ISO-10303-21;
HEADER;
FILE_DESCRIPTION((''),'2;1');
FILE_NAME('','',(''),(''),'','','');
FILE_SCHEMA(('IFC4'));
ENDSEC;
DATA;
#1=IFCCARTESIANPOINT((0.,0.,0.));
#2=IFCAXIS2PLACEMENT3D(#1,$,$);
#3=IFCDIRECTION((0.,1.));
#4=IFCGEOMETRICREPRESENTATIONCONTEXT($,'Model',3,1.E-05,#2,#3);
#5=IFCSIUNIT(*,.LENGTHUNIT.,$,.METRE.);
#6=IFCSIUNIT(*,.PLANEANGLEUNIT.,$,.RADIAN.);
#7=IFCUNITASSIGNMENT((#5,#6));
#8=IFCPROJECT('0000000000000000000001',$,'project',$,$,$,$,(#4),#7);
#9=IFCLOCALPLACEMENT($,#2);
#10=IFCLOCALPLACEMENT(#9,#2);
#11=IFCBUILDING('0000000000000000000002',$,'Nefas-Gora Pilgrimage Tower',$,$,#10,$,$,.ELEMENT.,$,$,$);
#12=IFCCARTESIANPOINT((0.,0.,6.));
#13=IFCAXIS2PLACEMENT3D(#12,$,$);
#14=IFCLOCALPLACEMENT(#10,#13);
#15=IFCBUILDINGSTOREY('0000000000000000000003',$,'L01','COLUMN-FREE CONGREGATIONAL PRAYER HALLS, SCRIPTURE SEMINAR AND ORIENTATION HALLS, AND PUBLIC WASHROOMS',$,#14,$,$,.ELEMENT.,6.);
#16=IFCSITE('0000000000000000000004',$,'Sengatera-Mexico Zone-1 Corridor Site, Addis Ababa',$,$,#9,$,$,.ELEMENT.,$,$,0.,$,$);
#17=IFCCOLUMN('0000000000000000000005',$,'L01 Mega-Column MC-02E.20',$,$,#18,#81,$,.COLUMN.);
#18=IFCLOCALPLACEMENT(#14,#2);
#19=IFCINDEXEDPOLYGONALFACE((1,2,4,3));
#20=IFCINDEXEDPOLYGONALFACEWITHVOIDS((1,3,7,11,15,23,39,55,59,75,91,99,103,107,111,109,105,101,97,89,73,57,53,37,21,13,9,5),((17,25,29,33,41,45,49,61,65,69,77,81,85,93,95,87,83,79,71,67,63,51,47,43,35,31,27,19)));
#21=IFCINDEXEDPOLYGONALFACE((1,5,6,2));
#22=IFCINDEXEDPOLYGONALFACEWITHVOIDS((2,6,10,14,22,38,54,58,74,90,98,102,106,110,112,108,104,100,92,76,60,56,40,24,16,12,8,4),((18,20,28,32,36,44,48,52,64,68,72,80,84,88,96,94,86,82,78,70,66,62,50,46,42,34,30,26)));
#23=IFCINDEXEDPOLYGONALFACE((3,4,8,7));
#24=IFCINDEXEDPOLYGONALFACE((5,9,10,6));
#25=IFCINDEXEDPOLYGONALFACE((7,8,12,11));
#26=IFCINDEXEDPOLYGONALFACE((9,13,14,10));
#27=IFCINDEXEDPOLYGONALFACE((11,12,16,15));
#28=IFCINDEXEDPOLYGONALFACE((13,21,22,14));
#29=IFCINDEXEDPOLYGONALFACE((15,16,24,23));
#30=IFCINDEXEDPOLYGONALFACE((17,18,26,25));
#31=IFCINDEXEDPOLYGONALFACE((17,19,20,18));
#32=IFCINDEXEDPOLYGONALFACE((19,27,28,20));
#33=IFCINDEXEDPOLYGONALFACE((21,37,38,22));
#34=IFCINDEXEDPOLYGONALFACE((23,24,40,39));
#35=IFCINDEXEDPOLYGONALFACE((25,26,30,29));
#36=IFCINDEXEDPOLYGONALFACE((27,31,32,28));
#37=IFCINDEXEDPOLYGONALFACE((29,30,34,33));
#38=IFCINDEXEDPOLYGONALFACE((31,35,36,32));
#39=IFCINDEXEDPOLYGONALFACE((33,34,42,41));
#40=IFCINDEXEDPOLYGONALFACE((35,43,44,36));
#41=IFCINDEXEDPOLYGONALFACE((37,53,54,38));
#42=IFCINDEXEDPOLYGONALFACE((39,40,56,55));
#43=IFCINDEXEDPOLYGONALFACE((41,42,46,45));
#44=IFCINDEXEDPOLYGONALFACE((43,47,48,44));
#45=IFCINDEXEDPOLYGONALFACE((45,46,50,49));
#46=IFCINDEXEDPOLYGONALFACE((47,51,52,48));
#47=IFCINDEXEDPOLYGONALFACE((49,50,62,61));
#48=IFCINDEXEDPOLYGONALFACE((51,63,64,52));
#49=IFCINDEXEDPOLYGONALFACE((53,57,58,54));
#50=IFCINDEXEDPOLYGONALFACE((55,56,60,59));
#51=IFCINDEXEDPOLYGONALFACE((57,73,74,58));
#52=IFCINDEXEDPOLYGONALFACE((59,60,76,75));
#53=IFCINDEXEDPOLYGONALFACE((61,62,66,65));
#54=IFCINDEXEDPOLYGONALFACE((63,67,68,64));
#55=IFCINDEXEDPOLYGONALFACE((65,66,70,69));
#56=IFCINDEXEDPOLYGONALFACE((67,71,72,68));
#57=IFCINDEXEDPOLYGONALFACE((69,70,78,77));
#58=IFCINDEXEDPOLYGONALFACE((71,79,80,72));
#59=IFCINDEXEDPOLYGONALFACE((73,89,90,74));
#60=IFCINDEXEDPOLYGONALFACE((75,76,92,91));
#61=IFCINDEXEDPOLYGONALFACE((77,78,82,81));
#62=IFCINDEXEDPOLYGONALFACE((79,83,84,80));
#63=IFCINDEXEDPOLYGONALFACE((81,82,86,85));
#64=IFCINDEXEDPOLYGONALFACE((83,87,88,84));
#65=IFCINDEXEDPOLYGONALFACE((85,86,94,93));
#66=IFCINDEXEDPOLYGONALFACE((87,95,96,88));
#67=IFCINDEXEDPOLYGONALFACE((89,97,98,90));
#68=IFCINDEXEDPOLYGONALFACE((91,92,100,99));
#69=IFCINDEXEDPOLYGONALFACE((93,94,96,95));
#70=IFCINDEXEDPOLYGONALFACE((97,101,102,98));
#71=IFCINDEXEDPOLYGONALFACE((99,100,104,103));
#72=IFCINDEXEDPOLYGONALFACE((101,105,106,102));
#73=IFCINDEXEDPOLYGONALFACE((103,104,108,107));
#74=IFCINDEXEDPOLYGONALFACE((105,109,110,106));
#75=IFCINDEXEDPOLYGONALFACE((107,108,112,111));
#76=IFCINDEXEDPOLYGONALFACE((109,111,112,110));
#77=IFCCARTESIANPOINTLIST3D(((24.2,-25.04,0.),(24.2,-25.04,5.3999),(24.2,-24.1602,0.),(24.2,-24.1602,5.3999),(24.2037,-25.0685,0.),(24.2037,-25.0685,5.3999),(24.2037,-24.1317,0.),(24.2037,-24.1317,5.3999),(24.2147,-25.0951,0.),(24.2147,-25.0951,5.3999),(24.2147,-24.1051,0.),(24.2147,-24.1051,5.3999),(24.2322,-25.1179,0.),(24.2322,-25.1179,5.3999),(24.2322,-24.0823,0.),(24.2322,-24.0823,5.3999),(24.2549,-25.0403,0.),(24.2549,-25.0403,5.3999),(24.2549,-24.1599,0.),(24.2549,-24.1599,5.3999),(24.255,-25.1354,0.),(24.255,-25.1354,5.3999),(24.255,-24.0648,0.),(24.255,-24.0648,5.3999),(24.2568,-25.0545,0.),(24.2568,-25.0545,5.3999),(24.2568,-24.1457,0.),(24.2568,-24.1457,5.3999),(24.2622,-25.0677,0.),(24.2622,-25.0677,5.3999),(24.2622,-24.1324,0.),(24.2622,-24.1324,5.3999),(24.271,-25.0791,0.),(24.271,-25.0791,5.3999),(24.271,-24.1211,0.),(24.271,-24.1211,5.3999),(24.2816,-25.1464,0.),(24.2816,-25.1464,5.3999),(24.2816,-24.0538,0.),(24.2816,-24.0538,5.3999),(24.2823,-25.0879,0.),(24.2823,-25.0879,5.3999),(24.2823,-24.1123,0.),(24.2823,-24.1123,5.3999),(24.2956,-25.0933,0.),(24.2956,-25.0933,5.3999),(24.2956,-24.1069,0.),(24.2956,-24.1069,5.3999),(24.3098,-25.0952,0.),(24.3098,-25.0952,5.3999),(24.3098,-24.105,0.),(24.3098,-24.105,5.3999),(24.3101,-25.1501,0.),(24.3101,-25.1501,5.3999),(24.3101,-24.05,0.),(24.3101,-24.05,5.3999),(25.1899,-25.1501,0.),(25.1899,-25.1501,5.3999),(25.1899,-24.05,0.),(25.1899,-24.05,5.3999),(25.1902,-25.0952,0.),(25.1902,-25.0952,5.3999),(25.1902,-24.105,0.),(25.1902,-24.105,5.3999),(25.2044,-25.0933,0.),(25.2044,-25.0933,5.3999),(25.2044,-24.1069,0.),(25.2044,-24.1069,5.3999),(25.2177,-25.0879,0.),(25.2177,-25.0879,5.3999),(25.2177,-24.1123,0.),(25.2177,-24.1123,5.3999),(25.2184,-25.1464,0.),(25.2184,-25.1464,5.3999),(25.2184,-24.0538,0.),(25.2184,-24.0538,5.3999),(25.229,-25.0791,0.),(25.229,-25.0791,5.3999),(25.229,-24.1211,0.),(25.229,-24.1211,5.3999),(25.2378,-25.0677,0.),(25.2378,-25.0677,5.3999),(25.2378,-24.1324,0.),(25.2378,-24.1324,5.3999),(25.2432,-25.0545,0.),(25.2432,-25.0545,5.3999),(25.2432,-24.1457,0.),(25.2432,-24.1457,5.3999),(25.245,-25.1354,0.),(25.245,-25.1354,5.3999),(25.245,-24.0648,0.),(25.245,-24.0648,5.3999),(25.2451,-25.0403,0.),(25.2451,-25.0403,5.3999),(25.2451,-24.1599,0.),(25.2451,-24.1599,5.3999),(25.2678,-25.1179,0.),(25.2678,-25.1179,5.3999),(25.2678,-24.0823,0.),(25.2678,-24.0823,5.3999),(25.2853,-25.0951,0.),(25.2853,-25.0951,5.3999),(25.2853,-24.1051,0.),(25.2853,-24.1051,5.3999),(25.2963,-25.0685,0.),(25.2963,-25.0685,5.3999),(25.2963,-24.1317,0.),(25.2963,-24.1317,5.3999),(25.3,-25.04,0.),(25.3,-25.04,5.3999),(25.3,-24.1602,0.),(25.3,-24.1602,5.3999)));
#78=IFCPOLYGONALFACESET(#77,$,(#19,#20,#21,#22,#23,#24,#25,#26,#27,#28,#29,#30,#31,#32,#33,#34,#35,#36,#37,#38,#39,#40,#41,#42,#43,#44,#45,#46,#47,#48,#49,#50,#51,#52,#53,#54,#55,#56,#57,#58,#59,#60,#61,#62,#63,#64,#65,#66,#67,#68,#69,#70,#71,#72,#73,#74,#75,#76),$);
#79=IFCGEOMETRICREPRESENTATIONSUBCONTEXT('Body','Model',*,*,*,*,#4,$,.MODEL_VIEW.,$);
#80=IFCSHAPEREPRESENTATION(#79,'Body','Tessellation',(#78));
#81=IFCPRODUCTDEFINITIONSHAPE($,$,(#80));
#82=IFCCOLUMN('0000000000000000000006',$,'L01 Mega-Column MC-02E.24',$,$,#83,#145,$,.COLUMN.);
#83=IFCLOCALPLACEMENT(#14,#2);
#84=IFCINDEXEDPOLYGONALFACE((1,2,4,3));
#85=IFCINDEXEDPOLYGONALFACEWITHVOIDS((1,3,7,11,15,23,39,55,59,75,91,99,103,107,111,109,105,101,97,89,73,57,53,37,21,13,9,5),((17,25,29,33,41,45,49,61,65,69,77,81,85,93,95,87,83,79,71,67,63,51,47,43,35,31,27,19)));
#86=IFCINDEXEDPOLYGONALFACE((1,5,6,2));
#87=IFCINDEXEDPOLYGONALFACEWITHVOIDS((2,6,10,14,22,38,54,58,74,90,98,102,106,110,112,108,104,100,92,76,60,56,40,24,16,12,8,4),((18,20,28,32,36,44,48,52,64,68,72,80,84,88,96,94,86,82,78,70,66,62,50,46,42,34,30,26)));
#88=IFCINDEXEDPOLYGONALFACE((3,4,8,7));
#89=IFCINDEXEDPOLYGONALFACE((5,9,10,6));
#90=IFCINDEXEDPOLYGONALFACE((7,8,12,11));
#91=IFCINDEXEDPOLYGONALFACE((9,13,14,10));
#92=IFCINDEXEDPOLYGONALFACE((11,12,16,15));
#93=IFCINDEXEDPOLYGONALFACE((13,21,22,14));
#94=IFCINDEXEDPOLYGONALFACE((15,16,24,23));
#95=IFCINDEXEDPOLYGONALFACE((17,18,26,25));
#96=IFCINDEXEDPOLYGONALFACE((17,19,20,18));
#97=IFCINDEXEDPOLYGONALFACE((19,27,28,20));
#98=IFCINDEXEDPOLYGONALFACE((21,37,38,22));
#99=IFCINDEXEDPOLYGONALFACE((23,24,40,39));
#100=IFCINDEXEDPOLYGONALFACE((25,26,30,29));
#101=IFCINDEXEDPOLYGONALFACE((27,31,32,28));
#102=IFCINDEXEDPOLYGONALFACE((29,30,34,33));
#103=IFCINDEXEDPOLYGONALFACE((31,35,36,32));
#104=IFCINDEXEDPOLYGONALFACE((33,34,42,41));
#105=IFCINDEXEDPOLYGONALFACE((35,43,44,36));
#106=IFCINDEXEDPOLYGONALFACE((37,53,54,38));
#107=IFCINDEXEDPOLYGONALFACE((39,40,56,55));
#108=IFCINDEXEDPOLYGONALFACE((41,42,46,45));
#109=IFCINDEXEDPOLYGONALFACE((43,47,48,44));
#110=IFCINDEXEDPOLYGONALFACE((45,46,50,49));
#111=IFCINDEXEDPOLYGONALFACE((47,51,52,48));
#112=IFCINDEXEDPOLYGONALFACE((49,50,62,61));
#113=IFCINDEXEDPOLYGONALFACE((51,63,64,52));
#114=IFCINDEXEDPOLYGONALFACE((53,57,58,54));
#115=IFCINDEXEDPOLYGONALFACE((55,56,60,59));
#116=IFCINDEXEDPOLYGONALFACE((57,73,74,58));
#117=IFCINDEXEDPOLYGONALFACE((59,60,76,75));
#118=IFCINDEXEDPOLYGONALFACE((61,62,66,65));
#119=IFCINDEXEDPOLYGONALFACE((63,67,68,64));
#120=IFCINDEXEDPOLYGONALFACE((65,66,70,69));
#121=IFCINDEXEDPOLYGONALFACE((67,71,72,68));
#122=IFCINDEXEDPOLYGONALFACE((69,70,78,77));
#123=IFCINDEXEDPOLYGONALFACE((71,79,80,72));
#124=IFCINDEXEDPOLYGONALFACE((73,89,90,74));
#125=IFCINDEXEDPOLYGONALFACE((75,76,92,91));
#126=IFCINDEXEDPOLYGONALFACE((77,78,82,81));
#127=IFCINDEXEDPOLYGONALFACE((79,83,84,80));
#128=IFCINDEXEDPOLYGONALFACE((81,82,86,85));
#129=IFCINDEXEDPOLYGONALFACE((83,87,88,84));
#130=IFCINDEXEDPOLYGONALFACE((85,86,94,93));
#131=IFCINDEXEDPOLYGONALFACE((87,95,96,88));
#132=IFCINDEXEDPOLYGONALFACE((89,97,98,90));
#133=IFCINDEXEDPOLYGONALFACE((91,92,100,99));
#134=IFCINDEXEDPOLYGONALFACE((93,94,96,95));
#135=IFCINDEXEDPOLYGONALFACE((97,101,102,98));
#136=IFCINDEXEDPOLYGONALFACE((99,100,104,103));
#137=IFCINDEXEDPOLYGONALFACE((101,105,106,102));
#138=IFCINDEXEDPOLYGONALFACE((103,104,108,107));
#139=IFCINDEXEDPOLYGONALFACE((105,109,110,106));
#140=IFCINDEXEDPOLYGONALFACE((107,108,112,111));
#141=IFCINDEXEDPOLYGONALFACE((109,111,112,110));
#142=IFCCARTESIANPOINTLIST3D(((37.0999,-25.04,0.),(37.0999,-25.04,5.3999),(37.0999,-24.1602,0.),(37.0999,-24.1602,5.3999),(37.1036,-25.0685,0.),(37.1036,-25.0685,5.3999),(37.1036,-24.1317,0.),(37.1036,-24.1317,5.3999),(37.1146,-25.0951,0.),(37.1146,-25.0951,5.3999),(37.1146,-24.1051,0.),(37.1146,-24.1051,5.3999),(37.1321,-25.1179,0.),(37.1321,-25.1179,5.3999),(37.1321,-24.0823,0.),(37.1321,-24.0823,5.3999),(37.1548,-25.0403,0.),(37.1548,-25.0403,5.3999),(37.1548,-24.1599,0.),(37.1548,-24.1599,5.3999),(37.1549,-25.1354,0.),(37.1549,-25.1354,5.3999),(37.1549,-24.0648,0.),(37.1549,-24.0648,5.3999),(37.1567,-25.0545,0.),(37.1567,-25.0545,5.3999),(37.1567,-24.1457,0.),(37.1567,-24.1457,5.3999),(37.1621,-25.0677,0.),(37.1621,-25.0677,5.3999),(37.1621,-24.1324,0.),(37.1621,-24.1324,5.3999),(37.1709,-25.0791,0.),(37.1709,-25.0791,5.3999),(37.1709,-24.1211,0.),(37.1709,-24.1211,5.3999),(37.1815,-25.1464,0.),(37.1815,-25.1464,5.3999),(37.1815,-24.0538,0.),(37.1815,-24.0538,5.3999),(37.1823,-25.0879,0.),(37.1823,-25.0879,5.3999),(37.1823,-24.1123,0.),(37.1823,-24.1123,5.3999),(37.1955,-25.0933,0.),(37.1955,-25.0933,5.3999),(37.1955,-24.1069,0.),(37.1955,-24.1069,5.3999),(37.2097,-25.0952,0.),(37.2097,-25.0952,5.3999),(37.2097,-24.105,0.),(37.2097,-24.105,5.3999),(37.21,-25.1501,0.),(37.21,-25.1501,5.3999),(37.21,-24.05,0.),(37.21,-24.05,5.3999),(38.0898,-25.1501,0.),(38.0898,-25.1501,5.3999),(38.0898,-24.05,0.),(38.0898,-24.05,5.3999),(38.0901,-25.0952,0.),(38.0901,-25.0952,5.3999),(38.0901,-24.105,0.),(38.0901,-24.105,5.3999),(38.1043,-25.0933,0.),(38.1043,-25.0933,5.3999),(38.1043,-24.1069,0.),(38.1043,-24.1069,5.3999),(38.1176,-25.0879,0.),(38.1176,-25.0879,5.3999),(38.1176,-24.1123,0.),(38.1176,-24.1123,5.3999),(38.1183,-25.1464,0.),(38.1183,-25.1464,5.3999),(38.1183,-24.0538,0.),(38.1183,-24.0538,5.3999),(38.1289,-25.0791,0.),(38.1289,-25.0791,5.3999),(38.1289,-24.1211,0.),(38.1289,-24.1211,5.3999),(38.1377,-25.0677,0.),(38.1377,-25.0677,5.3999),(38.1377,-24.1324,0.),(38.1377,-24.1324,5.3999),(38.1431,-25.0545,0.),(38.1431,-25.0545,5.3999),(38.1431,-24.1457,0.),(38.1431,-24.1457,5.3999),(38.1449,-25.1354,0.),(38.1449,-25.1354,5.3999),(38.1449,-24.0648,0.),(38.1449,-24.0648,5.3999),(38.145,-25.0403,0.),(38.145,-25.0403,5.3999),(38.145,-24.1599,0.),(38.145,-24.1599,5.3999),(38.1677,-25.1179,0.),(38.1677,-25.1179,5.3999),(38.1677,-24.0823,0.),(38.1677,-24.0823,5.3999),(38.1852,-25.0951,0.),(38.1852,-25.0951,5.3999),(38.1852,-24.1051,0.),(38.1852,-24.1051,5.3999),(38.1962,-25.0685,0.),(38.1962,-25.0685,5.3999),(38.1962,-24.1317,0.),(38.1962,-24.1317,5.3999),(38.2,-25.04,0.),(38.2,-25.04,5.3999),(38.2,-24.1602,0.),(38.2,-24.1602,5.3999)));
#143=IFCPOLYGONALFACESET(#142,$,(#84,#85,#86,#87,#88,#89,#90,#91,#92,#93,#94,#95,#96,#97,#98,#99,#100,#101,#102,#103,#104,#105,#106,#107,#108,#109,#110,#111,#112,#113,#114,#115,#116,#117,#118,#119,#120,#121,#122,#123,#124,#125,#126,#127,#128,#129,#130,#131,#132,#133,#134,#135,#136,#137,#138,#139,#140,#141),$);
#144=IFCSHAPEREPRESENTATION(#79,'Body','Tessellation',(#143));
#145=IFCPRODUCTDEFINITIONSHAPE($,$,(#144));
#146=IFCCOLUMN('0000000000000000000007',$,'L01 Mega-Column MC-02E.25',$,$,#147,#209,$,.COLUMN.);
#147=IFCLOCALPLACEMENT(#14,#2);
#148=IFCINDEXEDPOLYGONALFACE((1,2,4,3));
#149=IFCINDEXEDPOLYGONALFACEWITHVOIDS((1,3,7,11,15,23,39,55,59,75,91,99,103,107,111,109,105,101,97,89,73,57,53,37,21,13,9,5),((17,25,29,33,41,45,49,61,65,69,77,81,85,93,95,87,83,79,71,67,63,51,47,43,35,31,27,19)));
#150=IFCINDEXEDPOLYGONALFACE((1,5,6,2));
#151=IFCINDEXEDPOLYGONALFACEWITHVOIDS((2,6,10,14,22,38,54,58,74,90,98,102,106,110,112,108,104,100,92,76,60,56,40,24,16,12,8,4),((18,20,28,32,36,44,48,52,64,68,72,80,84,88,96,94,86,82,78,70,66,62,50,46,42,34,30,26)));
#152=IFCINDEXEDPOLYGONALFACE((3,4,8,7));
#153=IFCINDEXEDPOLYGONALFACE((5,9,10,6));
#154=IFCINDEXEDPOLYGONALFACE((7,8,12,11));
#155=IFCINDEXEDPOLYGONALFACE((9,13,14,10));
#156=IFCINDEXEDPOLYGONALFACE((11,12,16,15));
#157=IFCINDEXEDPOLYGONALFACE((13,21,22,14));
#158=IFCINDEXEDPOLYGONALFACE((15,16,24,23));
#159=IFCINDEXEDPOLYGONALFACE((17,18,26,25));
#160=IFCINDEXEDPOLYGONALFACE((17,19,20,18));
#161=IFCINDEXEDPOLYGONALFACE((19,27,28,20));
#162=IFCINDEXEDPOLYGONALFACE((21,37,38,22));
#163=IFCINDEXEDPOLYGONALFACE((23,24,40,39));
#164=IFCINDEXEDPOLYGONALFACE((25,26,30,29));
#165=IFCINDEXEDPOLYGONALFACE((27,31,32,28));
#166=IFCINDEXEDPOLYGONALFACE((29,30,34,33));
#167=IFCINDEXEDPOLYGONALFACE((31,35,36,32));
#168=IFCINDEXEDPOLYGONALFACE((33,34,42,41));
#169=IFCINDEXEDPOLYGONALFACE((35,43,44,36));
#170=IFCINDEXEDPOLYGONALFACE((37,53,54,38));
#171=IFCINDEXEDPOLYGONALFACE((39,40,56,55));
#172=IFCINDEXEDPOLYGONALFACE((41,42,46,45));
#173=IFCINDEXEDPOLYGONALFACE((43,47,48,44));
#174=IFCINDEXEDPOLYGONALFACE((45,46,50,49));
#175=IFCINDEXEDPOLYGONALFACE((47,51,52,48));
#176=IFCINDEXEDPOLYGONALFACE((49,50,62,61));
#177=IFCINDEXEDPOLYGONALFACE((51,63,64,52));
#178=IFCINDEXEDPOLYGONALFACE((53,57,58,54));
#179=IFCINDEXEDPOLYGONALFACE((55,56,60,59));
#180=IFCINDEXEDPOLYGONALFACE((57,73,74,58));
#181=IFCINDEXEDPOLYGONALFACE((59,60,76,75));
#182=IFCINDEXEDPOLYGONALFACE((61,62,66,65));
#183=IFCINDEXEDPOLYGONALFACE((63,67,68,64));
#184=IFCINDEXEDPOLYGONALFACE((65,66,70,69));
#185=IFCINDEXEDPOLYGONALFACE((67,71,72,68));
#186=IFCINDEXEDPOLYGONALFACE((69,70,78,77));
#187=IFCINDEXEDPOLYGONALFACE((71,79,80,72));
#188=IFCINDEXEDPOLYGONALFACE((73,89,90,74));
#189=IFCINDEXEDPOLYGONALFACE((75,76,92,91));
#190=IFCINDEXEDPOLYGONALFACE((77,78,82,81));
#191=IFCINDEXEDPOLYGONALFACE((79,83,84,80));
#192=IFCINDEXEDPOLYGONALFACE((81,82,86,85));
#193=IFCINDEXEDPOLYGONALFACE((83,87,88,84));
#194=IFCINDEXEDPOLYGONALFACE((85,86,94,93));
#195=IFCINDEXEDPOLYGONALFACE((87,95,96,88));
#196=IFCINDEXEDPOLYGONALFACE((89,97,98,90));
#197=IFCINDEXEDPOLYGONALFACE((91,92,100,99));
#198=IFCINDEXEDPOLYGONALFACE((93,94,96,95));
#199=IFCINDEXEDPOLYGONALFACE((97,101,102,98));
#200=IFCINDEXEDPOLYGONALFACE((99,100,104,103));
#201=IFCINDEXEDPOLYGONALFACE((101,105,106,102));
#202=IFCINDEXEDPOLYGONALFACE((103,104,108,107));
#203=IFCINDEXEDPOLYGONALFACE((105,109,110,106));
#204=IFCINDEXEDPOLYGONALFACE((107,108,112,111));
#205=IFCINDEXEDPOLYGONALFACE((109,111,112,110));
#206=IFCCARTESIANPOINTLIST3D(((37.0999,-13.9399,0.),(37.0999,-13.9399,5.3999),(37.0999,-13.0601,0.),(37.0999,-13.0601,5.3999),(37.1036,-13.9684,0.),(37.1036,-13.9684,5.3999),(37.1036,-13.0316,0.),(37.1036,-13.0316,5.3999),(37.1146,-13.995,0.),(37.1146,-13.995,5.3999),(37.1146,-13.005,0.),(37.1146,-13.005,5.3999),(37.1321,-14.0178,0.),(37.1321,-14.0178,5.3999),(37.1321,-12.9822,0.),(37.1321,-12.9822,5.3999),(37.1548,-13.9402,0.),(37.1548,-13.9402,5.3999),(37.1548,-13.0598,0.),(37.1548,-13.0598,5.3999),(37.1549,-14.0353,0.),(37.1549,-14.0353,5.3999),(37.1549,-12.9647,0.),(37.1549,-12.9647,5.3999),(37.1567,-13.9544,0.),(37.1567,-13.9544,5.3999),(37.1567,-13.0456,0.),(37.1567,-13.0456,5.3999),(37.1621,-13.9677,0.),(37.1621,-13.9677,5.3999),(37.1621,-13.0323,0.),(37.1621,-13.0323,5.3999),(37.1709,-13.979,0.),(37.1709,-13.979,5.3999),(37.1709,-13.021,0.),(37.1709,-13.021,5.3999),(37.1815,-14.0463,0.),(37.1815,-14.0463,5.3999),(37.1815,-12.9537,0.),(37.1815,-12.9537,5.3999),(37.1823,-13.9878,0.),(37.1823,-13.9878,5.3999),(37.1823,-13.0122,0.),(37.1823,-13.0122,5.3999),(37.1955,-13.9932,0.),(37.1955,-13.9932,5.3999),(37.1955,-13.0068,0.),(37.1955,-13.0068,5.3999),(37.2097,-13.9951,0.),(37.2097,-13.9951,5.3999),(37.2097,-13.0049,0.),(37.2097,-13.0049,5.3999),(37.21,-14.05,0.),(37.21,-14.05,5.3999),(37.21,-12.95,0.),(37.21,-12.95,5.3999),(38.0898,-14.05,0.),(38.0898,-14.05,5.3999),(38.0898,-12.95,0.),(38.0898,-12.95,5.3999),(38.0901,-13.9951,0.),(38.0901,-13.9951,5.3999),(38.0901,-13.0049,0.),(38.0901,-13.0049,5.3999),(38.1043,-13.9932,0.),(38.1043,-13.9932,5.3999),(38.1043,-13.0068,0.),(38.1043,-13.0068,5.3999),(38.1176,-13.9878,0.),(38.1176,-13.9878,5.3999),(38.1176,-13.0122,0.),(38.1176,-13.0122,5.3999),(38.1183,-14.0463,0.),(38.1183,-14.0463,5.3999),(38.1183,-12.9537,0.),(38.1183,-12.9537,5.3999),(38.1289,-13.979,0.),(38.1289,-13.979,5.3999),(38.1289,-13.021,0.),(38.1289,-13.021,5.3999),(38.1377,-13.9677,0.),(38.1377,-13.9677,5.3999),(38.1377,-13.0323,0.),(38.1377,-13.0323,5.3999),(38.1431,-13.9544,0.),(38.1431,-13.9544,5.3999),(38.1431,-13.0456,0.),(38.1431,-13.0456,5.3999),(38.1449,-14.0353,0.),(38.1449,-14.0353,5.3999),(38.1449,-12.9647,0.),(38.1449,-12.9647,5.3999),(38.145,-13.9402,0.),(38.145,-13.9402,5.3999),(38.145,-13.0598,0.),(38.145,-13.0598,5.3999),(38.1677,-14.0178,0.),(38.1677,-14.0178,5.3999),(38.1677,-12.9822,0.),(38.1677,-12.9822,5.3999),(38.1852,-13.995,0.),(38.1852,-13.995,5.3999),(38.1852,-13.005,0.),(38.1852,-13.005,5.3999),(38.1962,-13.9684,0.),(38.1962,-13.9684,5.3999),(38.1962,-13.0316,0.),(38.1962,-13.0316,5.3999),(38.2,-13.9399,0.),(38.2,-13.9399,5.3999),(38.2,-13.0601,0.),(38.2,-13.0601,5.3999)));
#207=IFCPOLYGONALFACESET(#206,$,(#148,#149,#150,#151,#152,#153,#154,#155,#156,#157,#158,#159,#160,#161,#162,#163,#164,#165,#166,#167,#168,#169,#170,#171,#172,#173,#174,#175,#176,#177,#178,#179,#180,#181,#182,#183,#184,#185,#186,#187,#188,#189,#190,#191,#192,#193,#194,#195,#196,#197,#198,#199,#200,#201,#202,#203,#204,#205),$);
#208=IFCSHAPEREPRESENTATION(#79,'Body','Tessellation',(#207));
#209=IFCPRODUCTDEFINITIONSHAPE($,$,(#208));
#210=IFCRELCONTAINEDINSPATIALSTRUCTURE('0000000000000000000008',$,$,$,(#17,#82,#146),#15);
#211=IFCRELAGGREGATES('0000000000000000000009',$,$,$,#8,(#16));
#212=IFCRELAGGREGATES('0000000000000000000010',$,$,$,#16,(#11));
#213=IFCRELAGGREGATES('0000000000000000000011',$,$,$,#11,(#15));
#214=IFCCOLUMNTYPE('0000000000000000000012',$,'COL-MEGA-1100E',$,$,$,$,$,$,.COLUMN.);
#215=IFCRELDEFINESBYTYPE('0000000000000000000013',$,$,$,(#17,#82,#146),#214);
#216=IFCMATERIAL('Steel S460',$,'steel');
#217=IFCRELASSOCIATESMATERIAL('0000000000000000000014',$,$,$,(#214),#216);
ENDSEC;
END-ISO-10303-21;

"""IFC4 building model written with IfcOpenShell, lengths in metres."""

from ifc_helpers import new_model, si_unit, direction, frame, origin, origin_2d, place, context, subcontext, project, spatial, hollow_rectangle, extrude, source, transform, mapped, material, material_profile, profile_set, type_object, element, save


model = new_model("IFC4")

# Units and contexts
model_context = context("Model", 3, precision=1e-05, world=origin(), true_north=direction((0.0, 1.0)))
body_context = subcontext(model_context, "Body", "Model", "MODEL_VIEW")
ifc_project = project(units=[si_unit("LENGTHUNIT", "METRE"), si_unit("PLANEANGLEUNIT", "RADIAN")], contexts=[model_context])

# Site, building, storey
site_placement = place(None, origin())
site = spatial("IfcSite", under=ifc_project, at=site_placement, Name="Sengatera-Mexico Zone-1 Corridor Site, Addis Ababa", CompositionType="ELEMENT", RefElevation=0.0)
building_placement = place(site_placement, origin())
building = spatial("IfcBuilding", under=site, at=building_placement, Name="Nefas-Gora Pilgrimage Tower", CompositionType="ELEMENT")
storey_placement = place(building_placement, frame((0.0, 0.0, 6.0)))
storey = spatial("IfcBuildingStorey", under=building, at=storey_placement, Name="L01", Description="COLUMN-FREE CONGREGATIONAL PRAYER HALLS, SCRIPTURE SEMINAR AND ORIENTATION HALLS, AND PUBLIC WASHROOMS", CompositionType="ELEMENT", Elevation=6.0)

# Columns
ifc_material_1 = material(Name="Steel S460", Category="steel")
ifc_material_profile_1 = material_profile(ifc_material_1, hollow_rectangle(XDim=1.1001, YDim=1.1001, WallThickness=0.0549, InnerFilletRadius=0.0549, OuterFilletRadius=0.1101, at=origin_2d()), Name="BOX 1100x1100x55")
ifc_profile_set_1 = profile_set([ifc_material_profile_1], Name="Steel S460")
column_type_1 = type_object("IfcColumnType", Name="COL-MEGA-1100E", PredefinedType="COLUMN", material=ifc_profile_set_1)
shared_shape_1 = source(origin(), body_context, "Body", "SweptSolid", [
    extrude(hollow_rectangle(XDim=1.1001, YDim=1.1001, WallThickness=0.0549, InnerFilletRadius=0.0549, OuterFilletRadius=0.1101, at=origin_2d()), origin(), (0.0, 0.0, 1.0), 5.3999),
])
for number, where, z_axis, x_axis, name in (
    (1, (24.75, -24.6001, 0.0), (0.0, 0.0, 1.0), (1.0, 0.0, 0.0), "L01 Mega-Column MC-02E.20"),
    (2, (37.6499, -24.6001, 0.0), (0.0, 0.0, 1.0), (1.0, 0.0, 0.0), "L01 Mega-Column MC-02E.24"),
    (3, (37.6499, -13.5, 0.0), (0.0, 0.0, 1.0), (1.0, 0.0, 0.0), "L01 Mega-Column MC-02E.25"),
):
    element("IfcColumn", number, at=place(storey_placement, frame(where, z_axis=z_axis, x_axis=x_axis)), inside=storey, type_object=column_type_1, Name=name, PredefinedType="COLUMN", context=body_context, shape_type="MappedRepresentation", body=[
        mapped(shared_shape_1, transform((0.0, 0.0, 0.0), x_axis=(1.0, 0.0, 0.0), y_axis=(0.0, 1.0, 0.0), z_axis=(0.0, 0.0, 1.0), scale=1.0)),
    ])

save(model, "model.ifc")
